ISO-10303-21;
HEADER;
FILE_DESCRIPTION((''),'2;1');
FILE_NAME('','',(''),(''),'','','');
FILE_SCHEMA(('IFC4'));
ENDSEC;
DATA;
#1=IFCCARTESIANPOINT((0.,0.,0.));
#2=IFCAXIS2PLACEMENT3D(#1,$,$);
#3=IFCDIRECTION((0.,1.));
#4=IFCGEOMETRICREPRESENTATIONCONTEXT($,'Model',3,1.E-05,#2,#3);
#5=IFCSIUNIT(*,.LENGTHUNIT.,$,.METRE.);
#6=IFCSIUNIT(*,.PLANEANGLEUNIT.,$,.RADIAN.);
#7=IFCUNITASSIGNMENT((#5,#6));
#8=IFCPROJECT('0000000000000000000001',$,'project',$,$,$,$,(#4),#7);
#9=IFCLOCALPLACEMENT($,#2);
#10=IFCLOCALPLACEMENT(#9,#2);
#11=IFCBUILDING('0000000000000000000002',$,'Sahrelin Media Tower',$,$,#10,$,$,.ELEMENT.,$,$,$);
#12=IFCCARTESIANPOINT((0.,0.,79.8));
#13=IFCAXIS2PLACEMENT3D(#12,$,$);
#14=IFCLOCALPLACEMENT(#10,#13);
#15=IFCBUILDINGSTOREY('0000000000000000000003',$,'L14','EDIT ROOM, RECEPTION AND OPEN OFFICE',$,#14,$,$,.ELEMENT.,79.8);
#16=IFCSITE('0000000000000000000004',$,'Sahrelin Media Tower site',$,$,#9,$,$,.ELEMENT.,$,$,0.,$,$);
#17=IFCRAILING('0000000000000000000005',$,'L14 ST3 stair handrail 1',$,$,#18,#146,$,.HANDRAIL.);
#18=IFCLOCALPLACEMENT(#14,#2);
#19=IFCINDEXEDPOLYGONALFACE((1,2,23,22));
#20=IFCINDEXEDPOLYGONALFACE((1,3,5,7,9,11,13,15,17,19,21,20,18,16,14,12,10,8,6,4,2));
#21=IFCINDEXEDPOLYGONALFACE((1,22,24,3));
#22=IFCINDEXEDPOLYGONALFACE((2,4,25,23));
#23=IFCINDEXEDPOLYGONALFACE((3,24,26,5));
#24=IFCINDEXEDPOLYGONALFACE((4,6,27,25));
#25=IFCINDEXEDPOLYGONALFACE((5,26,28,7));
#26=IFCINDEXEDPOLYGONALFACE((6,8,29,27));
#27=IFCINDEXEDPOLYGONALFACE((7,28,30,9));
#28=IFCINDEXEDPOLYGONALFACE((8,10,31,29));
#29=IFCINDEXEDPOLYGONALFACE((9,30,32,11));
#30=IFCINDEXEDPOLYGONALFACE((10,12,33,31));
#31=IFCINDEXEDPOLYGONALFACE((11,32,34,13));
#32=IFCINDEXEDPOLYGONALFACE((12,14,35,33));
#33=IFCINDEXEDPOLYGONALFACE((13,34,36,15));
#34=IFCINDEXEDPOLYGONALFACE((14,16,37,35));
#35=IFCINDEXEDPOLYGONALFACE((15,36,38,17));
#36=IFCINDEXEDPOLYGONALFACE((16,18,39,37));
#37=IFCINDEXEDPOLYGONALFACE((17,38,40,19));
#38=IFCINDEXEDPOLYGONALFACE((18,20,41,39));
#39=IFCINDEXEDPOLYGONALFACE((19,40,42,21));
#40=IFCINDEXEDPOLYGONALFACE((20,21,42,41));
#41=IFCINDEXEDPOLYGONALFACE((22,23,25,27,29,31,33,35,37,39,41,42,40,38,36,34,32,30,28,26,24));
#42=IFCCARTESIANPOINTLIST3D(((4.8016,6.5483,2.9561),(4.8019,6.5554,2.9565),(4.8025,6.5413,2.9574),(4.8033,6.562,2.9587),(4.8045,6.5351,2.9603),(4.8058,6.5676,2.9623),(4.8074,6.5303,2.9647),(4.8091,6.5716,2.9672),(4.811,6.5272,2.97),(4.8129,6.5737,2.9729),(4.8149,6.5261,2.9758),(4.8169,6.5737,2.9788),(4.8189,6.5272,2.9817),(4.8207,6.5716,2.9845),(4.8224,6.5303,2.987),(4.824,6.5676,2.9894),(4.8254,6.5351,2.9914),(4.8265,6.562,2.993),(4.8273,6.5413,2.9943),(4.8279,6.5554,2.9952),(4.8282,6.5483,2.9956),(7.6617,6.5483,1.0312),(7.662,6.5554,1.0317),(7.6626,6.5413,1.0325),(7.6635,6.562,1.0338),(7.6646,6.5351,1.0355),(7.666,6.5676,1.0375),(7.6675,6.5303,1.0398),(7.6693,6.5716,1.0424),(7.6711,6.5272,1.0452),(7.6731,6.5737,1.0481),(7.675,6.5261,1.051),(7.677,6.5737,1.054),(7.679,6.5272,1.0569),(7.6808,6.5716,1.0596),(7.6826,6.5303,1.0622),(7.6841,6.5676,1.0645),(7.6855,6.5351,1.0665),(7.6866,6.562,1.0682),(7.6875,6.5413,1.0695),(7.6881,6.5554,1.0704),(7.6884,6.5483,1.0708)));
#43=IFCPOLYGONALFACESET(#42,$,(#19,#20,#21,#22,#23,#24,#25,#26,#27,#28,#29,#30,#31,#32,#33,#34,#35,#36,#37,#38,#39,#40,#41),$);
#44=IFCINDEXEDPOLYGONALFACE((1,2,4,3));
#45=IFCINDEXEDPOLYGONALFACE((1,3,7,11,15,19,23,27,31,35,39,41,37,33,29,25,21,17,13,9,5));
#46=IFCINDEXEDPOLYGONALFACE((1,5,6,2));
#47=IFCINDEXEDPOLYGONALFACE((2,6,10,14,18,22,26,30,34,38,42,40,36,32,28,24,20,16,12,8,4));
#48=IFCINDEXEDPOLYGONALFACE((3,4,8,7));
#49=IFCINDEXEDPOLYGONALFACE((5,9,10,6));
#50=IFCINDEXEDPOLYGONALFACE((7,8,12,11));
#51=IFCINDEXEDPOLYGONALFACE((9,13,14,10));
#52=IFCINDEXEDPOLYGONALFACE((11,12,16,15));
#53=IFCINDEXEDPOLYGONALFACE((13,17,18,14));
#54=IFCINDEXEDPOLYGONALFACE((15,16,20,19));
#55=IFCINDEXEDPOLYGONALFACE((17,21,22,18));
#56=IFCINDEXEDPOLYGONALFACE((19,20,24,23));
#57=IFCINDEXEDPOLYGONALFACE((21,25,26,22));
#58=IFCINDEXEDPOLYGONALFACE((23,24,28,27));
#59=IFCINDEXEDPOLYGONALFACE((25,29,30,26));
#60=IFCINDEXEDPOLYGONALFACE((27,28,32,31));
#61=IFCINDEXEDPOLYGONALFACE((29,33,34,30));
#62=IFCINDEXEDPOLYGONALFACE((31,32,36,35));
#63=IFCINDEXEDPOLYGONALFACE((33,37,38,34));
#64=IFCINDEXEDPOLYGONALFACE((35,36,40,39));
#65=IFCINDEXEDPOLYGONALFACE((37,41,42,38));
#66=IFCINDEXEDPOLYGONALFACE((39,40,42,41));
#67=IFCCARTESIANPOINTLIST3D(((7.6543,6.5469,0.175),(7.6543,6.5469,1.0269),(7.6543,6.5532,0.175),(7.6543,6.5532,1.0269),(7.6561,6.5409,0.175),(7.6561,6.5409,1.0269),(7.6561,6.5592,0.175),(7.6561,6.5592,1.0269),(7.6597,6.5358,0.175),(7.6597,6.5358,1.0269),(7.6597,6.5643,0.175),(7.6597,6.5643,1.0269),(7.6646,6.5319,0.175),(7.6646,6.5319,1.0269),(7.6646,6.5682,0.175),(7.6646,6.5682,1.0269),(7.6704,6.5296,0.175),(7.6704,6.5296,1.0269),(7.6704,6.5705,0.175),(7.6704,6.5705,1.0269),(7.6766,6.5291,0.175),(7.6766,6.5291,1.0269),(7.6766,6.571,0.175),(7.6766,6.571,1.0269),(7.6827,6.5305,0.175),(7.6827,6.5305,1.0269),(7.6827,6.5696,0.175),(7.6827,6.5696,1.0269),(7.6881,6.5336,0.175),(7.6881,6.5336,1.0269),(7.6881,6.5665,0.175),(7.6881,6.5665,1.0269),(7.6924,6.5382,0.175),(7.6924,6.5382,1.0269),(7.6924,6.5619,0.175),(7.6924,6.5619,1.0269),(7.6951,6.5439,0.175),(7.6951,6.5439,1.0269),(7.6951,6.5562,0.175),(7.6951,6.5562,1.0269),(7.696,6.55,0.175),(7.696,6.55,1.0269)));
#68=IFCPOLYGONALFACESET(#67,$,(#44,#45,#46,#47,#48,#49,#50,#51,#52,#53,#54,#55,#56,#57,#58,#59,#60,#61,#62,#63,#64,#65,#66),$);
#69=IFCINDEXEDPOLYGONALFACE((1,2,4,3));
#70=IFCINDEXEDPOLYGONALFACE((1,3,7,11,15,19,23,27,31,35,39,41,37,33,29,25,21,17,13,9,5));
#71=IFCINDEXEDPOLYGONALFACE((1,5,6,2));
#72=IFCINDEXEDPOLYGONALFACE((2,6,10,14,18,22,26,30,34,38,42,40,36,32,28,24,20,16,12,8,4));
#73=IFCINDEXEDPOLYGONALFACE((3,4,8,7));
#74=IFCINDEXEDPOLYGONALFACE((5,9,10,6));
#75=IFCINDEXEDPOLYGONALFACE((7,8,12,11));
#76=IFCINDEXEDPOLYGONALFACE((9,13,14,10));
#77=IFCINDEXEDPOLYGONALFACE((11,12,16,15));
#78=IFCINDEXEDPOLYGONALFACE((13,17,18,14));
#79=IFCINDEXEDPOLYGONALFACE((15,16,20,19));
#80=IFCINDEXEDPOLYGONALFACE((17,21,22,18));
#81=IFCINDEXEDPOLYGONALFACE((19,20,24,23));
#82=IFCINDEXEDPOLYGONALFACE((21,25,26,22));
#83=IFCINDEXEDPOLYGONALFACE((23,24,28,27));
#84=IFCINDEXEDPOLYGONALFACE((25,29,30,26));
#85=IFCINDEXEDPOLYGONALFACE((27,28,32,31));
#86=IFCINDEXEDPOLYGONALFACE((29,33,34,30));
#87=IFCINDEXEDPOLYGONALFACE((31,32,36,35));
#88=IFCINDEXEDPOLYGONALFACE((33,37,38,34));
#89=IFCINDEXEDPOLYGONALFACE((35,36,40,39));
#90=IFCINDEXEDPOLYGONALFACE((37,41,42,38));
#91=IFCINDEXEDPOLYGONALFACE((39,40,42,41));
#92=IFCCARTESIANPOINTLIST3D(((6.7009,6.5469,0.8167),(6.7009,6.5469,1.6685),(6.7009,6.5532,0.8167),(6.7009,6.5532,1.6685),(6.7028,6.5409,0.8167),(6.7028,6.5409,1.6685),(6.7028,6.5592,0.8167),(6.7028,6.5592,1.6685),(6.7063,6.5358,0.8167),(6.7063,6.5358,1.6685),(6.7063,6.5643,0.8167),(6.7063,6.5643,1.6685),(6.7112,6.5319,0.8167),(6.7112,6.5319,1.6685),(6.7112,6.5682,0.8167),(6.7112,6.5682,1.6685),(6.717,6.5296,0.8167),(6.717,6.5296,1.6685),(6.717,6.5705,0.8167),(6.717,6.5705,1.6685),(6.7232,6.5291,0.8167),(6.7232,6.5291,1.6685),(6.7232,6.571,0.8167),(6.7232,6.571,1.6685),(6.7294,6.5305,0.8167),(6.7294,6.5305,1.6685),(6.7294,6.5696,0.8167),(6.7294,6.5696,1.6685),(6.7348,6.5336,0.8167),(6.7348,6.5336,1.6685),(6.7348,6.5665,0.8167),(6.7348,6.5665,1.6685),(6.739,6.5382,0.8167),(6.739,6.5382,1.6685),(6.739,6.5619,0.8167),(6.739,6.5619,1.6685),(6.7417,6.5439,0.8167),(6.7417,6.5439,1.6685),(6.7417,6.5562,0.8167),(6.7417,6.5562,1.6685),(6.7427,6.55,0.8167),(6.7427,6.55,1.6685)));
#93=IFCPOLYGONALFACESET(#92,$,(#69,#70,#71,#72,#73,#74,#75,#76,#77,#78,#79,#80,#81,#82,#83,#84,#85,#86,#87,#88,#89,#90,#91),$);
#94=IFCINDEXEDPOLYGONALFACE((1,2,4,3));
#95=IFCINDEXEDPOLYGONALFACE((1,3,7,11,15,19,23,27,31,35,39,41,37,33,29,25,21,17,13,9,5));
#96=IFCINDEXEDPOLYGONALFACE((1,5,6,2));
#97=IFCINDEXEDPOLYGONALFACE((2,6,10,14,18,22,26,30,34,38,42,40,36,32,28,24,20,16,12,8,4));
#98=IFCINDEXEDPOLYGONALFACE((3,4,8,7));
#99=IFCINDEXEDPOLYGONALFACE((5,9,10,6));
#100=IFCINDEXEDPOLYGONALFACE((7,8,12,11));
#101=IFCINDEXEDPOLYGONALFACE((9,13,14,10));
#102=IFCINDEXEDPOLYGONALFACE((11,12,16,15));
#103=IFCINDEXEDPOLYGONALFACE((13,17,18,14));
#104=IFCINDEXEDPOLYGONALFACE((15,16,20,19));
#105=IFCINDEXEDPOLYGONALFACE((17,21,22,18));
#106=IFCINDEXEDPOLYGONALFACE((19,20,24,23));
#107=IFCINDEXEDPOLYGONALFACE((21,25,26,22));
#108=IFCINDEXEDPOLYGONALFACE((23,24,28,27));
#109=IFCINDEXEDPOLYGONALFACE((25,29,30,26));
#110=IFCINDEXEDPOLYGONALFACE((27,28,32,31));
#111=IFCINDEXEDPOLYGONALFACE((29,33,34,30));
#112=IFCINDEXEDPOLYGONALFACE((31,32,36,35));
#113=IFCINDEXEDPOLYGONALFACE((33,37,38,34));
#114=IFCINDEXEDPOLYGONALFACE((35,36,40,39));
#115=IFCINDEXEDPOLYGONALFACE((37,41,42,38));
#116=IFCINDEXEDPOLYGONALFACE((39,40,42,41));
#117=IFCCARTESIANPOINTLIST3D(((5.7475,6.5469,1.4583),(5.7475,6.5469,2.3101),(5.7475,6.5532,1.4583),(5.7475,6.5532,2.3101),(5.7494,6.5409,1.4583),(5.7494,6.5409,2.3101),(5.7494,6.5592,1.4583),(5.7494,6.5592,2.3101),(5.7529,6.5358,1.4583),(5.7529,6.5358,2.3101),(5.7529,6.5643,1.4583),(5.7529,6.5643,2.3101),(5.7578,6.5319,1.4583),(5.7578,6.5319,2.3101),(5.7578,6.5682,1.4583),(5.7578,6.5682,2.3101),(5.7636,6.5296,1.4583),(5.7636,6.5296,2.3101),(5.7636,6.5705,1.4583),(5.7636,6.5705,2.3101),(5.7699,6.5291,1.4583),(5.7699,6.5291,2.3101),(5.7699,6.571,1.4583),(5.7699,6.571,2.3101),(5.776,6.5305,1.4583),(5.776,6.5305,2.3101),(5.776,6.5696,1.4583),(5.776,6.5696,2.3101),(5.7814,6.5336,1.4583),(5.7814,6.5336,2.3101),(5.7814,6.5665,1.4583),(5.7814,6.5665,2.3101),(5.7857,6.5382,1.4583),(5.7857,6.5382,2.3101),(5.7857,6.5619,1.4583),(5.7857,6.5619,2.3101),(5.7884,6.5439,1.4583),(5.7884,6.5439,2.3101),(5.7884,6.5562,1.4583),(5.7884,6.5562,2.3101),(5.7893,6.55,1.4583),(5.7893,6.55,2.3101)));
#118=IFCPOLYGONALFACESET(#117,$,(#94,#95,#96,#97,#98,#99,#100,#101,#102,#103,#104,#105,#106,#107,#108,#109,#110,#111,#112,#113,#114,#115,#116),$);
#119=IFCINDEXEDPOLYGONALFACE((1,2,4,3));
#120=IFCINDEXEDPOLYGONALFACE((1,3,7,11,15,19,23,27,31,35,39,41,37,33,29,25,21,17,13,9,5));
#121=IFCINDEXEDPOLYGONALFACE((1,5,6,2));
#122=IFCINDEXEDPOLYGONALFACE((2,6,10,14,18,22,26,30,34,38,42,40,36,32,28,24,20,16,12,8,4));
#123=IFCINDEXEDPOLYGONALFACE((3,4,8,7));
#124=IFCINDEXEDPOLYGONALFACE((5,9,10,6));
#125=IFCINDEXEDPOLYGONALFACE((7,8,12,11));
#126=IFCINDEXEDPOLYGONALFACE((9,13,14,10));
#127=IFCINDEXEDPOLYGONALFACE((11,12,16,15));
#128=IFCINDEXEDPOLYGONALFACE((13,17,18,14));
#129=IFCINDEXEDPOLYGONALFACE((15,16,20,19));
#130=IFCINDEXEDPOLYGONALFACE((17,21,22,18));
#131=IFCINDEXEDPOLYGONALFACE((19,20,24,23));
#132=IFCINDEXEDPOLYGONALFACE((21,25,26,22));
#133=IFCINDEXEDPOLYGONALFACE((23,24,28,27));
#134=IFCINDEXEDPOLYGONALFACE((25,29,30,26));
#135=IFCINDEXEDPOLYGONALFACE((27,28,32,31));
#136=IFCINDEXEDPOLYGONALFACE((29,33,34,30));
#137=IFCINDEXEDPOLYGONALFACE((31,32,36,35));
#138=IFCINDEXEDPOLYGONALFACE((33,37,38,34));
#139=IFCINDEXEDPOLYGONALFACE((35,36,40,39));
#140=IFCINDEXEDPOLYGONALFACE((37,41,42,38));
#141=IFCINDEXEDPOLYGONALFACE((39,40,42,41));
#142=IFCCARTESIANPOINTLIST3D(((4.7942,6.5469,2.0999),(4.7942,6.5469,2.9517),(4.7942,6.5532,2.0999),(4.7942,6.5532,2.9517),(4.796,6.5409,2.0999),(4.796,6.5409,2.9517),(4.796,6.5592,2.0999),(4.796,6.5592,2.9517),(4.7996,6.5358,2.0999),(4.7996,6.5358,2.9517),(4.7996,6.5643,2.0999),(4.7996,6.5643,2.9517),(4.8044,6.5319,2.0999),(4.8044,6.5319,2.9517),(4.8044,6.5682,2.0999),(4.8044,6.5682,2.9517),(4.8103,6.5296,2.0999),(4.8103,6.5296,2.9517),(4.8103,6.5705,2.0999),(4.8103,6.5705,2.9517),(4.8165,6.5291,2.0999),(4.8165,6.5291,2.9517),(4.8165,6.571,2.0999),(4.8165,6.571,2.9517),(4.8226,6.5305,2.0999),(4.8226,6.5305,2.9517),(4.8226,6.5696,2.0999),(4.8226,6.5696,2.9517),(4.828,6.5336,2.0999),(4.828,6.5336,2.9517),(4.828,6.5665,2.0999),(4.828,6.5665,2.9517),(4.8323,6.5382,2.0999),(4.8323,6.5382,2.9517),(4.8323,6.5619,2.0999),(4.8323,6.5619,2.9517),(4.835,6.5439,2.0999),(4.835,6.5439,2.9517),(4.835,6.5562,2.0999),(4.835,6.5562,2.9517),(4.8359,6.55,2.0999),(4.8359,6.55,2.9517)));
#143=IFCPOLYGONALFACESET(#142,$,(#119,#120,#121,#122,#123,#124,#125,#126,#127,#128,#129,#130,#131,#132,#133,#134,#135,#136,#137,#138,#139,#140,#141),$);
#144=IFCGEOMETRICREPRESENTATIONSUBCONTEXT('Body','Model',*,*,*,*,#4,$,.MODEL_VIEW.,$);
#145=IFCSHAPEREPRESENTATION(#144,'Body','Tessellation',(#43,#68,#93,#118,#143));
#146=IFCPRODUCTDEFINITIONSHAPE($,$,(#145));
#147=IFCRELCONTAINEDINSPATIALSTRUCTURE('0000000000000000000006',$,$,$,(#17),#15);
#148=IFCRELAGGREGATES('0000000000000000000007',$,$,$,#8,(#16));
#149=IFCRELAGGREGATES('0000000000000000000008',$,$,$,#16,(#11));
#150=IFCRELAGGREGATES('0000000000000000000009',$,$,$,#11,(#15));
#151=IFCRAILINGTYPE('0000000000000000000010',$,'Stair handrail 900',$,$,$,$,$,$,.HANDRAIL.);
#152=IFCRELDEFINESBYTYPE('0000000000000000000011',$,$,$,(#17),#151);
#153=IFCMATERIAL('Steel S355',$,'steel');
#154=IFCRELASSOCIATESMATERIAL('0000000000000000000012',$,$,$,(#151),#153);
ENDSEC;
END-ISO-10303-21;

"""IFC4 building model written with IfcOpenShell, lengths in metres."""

from ifc_helpers import new_model, si_unit, direction, frame, origin, origin_2d, place, context, subcontext, project, spatial, circle, extrude, material, type_object, element, save


model = new_model("IFC4")

# Units and contexts
model_context = context("Model", 3, precision=1e-05, world=origin(), true_north=direction((0.0, 1.0)))
body_context = subcontext(model_context, "Body", "Model", "MODEL_VIEW")
ifc_project = project(units=[si_unit("LENGTHUNIT", "METRE"), si_unit("PLANEANGLEUNIT", "RADIAN")], contexts=[model_context])

# Site, building, storey
site_placement = place(None, origin())
site = spatial("IfcSite", under=ifc_project, at=site_placement, Name="Sahrelin Media Tower site", CompositionType="ELEMENT", RefElevation=0.0)
building_placement = place(site_placement, origin())
building = spatial("IfcBuilding", under=site, at=building_placement, Name="Sahrelin Media Tower", CompositionType="ELEMENT")
storey_placement = place(building_placement, frame((0.0, 0.0, 79.8)))
storey = spatial("IfcBuildingStorey", under=building, at=storey_placement, Name="L14", Description="EDIT ROOM, RECEPTION AND OPEN OFFICE", CompositionType="ELEMENT", Elevation=79.8)

# Shared definitions
ifc_material_1 = material(Name="Steel S355", Category="steel")

# Railing
railing_type_1 = type_object("IfcRailingType", Name="Stair handrail 900", PredefinedType="HANDRAIL", material=ifc_material_1)
railing_1_placement = place(storey_placement, frame((7.675, 6.55, 0.175)))
element("IfcRailing", 1, at=railing_1_placement, inside=storey, type_object=railing_type_1, Name="L14 ST3 stair handrail 1", PredefinedType="HANDRAIL", context=body_context, shape_type="SweptSolid", body=[
    extrude(circle(Radius=0.0239, at=origin_2d()), frame((0.0, 0.0, 0.876), z_axis=(-0.829624, 0.0, 0.558323), x_axis=(0.0, -1.0, 0.0)), (0.0, 0.0, 1.0), 3.4475),
    extrude(circle(Radius=0.021, at=origin_2d()), origin(), (0.0, 0.0, 1.0), 0.8518),
    extrude(circle(Radius=0.021, at=origin_2d()), frame((-0.9534, 0.0, 0.6416)), (0.0, 0.0, 1.0), 0.8518),
    extrude(circle(Radius=0.021, at=origin_2d()), frame((-1.9067, 0.0, 1.2832)), (0.0, 0.0, 1.0), 0.8518),
    extrude(circle(Radius=0.021, at=origin_2d()), frame((-2.8601, 0.0, 1.9248)), (0.0, 0.0, 1.0), 0.8518),
])

save(model, "model.ifc")
